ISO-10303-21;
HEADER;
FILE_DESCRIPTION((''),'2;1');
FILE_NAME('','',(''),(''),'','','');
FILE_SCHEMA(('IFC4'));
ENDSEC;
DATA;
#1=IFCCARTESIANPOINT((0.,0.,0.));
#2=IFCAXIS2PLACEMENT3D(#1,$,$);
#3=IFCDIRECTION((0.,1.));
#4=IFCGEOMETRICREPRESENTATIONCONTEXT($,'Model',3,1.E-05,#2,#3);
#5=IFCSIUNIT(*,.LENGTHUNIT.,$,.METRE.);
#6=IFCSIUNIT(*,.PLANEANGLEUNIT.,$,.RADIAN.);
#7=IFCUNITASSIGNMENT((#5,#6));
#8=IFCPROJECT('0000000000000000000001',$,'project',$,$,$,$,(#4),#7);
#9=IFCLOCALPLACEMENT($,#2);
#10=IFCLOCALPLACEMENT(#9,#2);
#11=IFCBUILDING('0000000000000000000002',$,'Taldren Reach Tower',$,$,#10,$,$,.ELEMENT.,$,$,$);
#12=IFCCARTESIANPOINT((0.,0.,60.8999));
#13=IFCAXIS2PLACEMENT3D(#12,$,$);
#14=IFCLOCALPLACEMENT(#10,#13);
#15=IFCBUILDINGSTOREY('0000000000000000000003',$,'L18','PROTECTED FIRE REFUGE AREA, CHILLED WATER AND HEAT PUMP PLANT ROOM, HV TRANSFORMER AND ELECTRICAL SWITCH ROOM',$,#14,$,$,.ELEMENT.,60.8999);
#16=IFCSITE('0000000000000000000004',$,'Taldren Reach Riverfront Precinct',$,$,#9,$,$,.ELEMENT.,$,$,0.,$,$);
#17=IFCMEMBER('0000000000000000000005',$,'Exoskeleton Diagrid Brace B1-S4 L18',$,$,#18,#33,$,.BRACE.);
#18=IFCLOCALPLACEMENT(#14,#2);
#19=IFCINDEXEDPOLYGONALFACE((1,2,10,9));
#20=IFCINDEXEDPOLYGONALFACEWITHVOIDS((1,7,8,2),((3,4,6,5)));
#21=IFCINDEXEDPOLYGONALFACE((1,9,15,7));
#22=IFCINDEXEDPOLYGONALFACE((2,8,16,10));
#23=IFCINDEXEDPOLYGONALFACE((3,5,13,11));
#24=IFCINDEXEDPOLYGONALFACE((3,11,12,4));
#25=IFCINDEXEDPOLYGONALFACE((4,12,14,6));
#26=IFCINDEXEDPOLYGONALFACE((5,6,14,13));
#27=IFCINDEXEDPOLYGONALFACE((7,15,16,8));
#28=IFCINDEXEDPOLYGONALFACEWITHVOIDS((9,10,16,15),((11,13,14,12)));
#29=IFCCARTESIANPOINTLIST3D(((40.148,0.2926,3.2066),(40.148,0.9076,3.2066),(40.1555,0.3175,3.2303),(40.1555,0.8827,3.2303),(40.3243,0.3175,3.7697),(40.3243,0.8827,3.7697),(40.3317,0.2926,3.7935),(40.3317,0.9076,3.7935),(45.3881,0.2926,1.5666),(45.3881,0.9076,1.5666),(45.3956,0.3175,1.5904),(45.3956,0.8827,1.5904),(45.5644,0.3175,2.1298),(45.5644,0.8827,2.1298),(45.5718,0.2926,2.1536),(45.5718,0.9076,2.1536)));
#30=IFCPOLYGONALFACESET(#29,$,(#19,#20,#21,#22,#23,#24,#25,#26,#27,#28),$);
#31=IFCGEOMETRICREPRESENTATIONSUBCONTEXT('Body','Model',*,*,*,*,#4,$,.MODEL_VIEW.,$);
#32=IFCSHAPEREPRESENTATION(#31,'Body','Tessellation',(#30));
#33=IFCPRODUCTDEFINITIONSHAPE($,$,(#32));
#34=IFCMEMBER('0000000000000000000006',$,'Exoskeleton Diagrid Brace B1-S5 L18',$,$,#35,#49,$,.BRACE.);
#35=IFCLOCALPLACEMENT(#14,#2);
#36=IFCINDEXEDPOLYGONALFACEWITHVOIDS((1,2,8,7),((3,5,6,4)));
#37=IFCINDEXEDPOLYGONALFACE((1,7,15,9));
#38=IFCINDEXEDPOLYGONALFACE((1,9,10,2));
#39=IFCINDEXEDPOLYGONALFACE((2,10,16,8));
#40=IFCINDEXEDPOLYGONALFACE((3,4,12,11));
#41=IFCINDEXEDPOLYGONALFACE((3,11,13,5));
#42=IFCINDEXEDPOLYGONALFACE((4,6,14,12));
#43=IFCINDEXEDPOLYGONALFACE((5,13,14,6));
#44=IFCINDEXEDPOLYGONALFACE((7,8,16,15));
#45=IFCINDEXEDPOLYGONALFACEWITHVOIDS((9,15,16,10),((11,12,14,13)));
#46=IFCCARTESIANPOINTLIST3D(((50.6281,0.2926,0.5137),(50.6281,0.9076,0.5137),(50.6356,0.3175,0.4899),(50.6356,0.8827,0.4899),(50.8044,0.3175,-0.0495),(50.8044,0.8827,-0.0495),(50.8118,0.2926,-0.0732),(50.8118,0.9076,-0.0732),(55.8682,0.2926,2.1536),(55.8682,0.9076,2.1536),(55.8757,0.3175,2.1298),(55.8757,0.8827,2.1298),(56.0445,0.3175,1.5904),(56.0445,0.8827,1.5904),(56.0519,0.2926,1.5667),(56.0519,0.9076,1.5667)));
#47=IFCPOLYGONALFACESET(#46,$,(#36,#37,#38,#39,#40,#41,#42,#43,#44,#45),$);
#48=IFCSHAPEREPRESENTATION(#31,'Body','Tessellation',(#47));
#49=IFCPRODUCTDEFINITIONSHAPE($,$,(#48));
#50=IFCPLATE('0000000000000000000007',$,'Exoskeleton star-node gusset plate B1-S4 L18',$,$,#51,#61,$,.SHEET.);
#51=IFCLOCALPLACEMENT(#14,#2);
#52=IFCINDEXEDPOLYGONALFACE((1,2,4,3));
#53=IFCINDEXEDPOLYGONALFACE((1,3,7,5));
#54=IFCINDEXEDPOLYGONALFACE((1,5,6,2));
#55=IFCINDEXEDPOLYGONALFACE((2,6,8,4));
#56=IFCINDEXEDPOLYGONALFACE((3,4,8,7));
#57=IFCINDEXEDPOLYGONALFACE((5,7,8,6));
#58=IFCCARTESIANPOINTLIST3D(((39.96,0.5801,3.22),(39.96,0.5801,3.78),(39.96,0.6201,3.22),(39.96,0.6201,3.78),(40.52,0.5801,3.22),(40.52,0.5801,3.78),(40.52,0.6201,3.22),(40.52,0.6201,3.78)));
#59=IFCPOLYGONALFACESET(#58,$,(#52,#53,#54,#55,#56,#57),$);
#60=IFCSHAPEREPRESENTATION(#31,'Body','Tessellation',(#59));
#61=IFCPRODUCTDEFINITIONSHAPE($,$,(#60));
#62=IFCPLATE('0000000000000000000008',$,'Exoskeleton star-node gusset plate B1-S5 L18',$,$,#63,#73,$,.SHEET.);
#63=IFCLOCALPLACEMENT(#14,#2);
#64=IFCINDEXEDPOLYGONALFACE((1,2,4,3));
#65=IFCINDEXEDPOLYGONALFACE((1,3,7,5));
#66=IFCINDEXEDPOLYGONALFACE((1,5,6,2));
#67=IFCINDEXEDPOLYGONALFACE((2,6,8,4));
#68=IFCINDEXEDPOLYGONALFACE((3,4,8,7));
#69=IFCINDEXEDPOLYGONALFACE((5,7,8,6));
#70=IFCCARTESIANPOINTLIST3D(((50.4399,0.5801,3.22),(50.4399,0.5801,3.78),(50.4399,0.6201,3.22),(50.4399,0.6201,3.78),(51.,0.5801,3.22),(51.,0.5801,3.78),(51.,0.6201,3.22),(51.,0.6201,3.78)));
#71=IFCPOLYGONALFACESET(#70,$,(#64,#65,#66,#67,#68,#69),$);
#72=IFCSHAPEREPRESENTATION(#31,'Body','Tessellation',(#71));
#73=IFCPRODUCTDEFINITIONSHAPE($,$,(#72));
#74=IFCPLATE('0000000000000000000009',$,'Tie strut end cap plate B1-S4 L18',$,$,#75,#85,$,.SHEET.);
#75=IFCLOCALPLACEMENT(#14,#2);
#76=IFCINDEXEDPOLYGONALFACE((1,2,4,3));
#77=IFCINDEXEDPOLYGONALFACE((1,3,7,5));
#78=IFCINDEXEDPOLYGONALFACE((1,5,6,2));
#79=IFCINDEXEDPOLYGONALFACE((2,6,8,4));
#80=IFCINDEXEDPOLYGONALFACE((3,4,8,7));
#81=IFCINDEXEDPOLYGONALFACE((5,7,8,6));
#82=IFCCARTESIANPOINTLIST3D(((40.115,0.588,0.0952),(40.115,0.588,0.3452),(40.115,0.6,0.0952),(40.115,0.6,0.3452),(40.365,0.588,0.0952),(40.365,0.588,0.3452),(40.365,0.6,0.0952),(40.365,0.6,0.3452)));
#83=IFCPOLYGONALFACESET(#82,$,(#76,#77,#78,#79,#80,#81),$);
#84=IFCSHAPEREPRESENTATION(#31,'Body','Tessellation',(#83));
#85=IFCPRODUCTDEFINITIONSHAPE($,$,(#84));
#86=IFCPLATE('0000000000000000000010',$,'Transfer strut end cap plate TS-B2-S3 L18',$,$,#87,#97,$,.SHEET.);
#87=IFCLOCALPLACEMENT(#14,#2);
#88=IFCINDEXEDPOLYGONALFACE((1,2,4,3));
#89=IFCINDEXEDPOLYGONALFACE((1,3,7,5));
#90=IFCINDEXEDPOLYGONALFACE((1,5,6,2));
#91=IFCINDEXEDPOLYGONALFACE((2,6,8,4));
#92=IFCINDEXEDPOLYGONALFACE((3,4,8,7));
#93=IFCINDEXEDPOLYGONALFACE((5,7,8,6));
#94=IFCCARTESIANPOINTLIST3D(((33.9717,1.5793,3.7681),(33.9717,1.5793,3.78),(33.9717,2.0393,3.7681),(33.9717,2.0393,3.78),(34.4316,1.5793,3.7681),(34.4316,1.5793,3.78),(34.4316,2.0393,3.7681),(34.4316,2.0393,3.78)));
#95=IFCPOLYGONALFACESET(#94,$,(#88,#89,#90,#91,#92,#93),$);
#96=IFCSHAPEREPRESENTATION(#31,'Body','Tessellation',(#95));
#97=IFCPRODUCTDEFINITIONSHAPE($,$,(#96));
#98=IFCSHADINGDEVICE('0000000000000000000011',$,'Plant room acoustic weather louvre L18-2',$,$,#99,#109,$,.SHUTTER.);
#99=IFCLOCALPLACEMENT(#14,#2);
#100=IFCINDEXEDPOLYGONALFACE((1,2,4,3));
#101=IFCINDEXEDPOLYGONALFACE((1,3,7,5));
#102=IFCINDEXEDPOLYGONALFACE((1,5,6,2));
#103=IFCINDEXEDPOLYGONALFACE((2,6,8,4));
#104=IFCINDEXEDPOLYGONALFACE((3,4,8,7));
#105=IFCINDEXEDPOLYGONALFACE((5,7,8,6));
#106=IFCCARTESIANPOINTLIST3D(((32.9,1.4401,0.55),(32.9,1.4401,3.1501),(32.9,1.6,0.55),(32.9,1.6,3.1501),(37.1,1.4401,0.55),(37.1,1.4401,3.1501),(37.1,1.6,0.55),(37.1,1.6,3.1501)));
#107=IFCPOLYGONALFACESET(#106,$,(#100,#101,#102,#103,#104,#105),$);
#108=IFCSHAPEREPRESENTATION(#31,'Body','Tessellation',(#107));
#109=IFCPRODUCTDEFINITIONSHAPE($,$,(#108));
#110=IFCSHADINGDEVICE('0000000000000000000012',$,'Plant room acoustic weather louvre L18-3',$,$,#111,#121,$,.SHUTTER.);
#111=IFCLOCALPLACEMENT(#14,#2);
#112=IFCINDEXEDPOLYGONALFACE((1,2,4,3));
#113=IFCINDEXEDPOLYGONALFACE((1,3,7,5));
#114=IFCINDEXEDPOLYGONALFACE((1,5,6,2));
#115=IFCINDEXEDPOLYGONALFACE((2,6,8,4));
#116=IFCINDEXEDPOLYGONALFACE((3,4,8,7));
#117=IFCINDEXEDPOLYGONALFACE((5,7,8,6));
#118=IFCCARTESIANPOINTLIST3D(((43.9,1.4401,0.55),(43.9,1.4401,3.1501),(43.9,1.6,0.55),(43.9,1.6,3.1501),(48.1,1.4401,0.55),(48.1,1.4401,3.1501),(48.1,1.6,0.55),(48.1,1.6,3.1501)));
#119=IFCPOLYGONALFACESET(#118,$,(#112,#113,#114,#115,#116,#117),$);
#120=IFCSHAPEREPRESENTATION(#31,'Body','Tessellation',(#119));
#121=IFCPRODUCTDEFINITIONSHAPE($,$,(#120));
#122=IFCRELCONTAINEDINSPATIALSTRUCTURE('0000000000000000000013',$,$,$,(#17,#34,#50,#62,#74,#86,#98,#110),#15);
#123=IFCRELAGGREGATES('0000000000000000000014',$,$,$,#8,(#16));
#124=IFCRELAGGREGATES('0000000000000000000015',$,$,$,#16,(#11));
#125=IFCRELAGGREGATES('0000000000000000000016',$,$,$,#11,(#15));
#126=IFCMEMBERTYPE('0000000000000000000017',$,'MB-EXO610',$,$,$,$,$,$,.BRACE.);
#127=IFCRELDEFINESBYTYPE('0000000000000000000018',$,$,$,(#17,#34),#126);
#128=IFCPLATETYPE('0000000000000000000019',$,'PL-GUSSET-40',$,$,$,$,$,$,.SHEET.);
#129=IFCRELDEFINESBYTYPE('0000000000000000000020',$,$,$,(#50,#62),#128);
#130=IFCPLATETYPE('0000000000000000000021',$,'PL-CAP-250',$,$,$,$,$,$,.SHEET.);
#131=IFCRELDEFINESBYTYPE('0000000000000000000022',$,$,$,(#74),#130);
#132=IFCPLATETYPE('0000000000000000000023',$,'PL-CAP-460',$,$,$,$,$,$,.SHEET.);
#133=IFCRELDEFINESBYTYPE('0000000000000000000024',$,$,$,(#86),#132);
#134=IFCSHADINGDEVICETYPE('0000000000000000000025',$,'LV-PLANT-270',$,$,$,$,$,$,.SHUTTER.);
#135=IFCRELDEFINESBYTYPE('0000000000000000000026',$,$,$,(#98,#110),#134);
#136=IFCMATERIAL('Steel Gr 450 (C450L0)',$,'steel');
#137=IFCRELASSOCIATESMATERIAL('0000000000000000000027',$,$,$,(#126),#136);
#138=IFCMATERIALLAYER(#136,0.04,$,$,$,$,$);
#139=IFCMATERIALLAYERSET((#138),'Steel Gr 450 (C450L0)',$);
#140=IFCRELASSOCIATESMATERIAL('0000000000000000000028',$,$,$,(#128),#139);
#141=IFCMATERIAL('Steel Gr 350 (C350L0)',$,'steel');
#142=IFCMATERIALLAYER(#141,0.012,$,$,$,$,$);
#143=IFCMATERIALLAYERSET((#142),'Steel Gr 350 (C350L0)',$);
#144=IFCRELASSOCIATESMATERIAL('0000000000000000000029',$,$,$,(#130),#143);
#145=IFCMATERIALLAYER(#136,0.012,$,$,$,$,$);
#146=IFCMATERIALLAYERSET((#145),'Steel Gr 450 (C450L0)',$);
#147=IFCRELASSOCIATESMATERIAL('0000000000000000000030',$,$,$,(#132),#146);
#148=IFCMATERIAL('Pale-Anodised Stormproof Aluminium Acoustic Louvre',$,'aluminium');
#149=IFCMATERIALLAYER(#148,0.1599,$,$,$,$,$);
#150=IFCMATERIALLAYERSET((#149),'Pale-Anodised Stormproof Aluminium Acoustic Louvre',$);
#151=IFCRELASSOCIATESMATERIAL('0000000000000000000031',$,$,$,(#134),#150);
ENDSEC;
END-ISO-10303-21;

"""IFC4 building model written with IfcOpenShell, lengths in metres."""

from ifc_helpers import new_model, si_unit, direction, frame, origin, origin_2d, place, context, subcontext, project, spatial, rectangle, hollow_rectangle, extrude, source, transform, mapped, material, layer, layer_set, material_profile, profile_set, type_object, element, save


model = new_model("IFC4")

# Units and contexts
model_context = context("Model", 3, precision=1e-05, world=origin(), true_north=direction((0.0, 1.0)))
body_context = subcontext(model_context, "Body", "Model", "MODEL_VIEW")
ifc_project = project(units=[si_unit("LENGTHUNIT", "METRE"), si_unit("PLANEANGLEUNIT", "RADIAN")], contexts=[model_context])

# Site, building, storey
site_placement = place(None, origin())
site = spatial("IfcSite", under=ifc_project, at=site_placement, Name="Taldren Reach Riverfront Precinct", CompositionType="ELEMENT", RefElevation=0.0)
building_placement = place(site_placement, origin())
building = spatial("IfcBuilding", under=site, at=building_placement, Name="Taldren Reach Tower", CompositionType="ELEMENT")
storey_placement = place(building_placement, frame((0.0, 0.0, 60.8999)))
storey = spatial("IfcBuildingStorey", under=building, at=storey_placement, Name="L18", Description="PROTECTED FIRE REFUGE AREA, CHILLED WATER AND HEAT PUMP PLANT ROOM, HV TRANSFORMER AND ELECTRICAL SWITCH ROOM", CompositionType="ELEMENT", Elevation=60.8999)

# Members
ifc_material_1 = material(Name="Steel Gr 450 (C450L0)", Category="steel")
ifc_material_2 = material(Name="Steel Gr 350 (C350L0)", Category="steel")
ifc_material_profile_1 = material_profile(ifc_material_1, hollow_rectangle(XDim=0.615, YDim=0.615, WallThickness=0.0249, at=origin_2d()), Name="615x615x25.0SHS")
ifc_profile_set_1 = profile_set([ifc_material_profile_1], Name="Steel Gr 450 (C450L0)")
member_type_1 = type_object("IfcMemberType", Name="MB-EXO610", PredefinedType="BRACE", material=ifc_profile_set_1)
shared_shape_1 = source(origin(), body_context, "Body", "SweptSolid", [
    extrude(hollow_rectangle(XDim=0.615, YDim=0.615, WallThickness=0.0249, at=origin_2d()), origin(), (0.0, 0.0, 1.0), 5.4907),
])
for number, where, z_axis, x_axis, name in (
    (1, (45.48, 0.6001, 1.8601), (-0.954356, 0.0, 0.298672), (0.0, -1.0, 0.0), "Exoskeleton Diagrid Brace B1-S4 L18"),
    (2, (50.72, 0.6001, 0.2202), (0.954356, 0.0, 0.298672), (0.0, 1.0, 0.0), "Exoskeleton Diagrid Brace B1-S5 L18"),
):
    element("IfcMember", number, at=place(storey_placement, frame(where, z_axis=z_axis, x_axis=x_axis)), inside=storey, type_object=member_type_1, Name=name, PredefinedType="BRACE", context=body_context, shape_type="MappedRepresentation", body=[
        mapped(shared_shape_1, transform((0.0, 0.0, 0.0), scale=1.0)),
    ])

# Plates
ifc_layer_1 = layer(ifc_material_1, 0.04)
ifc_layer_set_1 = layer_set([ifc_layer_1], Name="Steel Gr 450 (C450L0)")
plate_type_1 = type_object("IfcPlateType", Name="PL-GUSSET-40", PredefinedType="SHEET", material=ifc_layer_set_1)
shared_shape_2 = source(origin(), body_context, "Body", "SweptSolid", [
    extrude(rectangle(XDim=0.5601, YDim=0.04, at=origin_2d()), origin(), (0.0, 0.0, 1.0), 0.5601),
])
for number, where, z_axis, x_axis, name in (
    (3, (40.24, 0.6001, 3.22), (0.0, 0.0, 1.0), (1.0, 0.0, 0.0), "Exoskeleton star-node gusset plate B1-S4 L18"),
    (4, (50.72, 0.6001, 3.22), (0.0, 0.0, 1.0), (1.0, 0.0, 0.0), "Exoskeleton star-node gusset plate B1-S5 L18"),
):
    element("IfcPlate", number, at=place(storey_placement, frame(where, z_axis=z_axis, x_axis=x_axis)), inside=storey, type_object=plate_type_1, Name=name, PredefinedType="SHEET", context=body_context, shape_type="MappedRepresentation", body=[
        mapped(shared_shape_2, transform((0.0, 0.0, 0.0), scale=1.0)),
    ])
ifc_layer_2 = layer(ifc_material_2, 0.012)
ifc_layer_set_2 = layer_set([ifc_layer_2], Name="Steel Gr 350 (C350L0)")
plate_type_2 = type_object("IfcPlateType", Name="PL-CAP-250", PredefinedType="SHEET", material=ifc_layer_set_2)
shared_shape_3 = source(origin(), body_context, "Body", "SweptSolid", [
    extrude(rectangle(XDim=0.25, YDim=0.012, at=origin_2d()), origin(), (0.0, 0.0, 1.0), 0.25),
])
plate_1_placement = place(storey_placement, frame((40.24, 0.594, 0.0952), z_axis=(0.0, 0.0, 1.0), x_axis=(1.0, 0.0, 0.0)))
element("IfcPlate", 5, at=plate_1_placement, inside=storey, type_object=plate_type_2, Name="Tie strut end cap plate B1-S4 L18", PredefinedType="SHEET", context=body_context, shape_type="MappedRepresentation", body=[
    mapped(shared_shape_3, transform((0.0, 0.0, 0.0), scale=1.0)),
])
ifc_layer_3 = layer(ifc_material_1, 0.012)
ifc_layer_set_3 = layer_set([ifc_layer_3], Name="Steel Gr 450 (C450L0)")
plate_type_3 = type_object("IfcPlateType", Name="PL-CAP-460", PredefinedType="SHEET", material=ifc_layer_set_3)
shared_shape_4 = source(origin(), body_context, "Body", "SweptSolid", [
    extrude(rectangle(XDim=0.46, YDim=0.46, at=origin_2d()), origin(), (0.0, 0.0, 1.0), 0.012),
])
plate_2_placement = place(storey_placement, frame((34.2017, 1.8093, 3.7681), z_axis=(0.0, 0.0, 1.0), x_axis=(1.0, 0.0, 0.0)))
element("IfcPlate", 6, at=plate_2_placement, inside=storey, type_object=plate_type_3, Name="Transfer strut end cap plate TS-B2-S3 L18", PredefinedType="SHEET", context=body_context, shape_type="MappedRepresentation", body=[
    mapped(shared_shape_4, transform((0.0, 0.0, 0.0), scale=1.0)),
])

# Shading devices
ifc_material_3 = material(Name="Pale-Anodised Stormproof Aluminium Acoustic Louvre", Category="aluminium")
ifc_layer_4 = layer(ifc_material_3, 0.1599)
ifc_layer_set_4 = layer_set([ifc_layer_4], Name="Pale-Anodised Stormproof Aluminium Acoustic Louvre")
shading_device_type = type_object("IfcShadingDeviceType", Name="LV-PLANT-270", PredefinedType="SHUTTER", material=ifc_layer_set_4)
shared_shape_5 = source(origin(), body_context, "Body", "SweptSolid", [
    extrude(rectangle(XDim=4.2, YDim=0.1599, at=origin_2d()), origin(), (0.0, 0.0, 1.0), 2.6001),
])
for number, where, z_axis, x_axis, name in (
    (7, (35.0, 1.52, 0.55), (0.0, 0.0, 1.0), (1.0, 0.0, 0.0), "Plant room acoustic weather louvre L18-2"),
    (8, (46.0, 1.52, 0.55), (0.0, 0.0, 1.0), (1.0, 0.0, 0.0), "Plant room acoustic weather louvre L18-3"),
):
    element("IfcShadingDevice", number, at=place(storey_placement, frame(where, z_axis=z_axis, x_axis=x_axis)), inside=storey, type_object=shading_device_type, Name=name, PredefinedType="SHUTTER", context=body_context, shape_type="MappedRepresentation", body=[
        mapped(shared_shape_5, transform((0.0, 0.0, 0.0), scale=1.0)),
    ])

save(model, "model.ifc")
